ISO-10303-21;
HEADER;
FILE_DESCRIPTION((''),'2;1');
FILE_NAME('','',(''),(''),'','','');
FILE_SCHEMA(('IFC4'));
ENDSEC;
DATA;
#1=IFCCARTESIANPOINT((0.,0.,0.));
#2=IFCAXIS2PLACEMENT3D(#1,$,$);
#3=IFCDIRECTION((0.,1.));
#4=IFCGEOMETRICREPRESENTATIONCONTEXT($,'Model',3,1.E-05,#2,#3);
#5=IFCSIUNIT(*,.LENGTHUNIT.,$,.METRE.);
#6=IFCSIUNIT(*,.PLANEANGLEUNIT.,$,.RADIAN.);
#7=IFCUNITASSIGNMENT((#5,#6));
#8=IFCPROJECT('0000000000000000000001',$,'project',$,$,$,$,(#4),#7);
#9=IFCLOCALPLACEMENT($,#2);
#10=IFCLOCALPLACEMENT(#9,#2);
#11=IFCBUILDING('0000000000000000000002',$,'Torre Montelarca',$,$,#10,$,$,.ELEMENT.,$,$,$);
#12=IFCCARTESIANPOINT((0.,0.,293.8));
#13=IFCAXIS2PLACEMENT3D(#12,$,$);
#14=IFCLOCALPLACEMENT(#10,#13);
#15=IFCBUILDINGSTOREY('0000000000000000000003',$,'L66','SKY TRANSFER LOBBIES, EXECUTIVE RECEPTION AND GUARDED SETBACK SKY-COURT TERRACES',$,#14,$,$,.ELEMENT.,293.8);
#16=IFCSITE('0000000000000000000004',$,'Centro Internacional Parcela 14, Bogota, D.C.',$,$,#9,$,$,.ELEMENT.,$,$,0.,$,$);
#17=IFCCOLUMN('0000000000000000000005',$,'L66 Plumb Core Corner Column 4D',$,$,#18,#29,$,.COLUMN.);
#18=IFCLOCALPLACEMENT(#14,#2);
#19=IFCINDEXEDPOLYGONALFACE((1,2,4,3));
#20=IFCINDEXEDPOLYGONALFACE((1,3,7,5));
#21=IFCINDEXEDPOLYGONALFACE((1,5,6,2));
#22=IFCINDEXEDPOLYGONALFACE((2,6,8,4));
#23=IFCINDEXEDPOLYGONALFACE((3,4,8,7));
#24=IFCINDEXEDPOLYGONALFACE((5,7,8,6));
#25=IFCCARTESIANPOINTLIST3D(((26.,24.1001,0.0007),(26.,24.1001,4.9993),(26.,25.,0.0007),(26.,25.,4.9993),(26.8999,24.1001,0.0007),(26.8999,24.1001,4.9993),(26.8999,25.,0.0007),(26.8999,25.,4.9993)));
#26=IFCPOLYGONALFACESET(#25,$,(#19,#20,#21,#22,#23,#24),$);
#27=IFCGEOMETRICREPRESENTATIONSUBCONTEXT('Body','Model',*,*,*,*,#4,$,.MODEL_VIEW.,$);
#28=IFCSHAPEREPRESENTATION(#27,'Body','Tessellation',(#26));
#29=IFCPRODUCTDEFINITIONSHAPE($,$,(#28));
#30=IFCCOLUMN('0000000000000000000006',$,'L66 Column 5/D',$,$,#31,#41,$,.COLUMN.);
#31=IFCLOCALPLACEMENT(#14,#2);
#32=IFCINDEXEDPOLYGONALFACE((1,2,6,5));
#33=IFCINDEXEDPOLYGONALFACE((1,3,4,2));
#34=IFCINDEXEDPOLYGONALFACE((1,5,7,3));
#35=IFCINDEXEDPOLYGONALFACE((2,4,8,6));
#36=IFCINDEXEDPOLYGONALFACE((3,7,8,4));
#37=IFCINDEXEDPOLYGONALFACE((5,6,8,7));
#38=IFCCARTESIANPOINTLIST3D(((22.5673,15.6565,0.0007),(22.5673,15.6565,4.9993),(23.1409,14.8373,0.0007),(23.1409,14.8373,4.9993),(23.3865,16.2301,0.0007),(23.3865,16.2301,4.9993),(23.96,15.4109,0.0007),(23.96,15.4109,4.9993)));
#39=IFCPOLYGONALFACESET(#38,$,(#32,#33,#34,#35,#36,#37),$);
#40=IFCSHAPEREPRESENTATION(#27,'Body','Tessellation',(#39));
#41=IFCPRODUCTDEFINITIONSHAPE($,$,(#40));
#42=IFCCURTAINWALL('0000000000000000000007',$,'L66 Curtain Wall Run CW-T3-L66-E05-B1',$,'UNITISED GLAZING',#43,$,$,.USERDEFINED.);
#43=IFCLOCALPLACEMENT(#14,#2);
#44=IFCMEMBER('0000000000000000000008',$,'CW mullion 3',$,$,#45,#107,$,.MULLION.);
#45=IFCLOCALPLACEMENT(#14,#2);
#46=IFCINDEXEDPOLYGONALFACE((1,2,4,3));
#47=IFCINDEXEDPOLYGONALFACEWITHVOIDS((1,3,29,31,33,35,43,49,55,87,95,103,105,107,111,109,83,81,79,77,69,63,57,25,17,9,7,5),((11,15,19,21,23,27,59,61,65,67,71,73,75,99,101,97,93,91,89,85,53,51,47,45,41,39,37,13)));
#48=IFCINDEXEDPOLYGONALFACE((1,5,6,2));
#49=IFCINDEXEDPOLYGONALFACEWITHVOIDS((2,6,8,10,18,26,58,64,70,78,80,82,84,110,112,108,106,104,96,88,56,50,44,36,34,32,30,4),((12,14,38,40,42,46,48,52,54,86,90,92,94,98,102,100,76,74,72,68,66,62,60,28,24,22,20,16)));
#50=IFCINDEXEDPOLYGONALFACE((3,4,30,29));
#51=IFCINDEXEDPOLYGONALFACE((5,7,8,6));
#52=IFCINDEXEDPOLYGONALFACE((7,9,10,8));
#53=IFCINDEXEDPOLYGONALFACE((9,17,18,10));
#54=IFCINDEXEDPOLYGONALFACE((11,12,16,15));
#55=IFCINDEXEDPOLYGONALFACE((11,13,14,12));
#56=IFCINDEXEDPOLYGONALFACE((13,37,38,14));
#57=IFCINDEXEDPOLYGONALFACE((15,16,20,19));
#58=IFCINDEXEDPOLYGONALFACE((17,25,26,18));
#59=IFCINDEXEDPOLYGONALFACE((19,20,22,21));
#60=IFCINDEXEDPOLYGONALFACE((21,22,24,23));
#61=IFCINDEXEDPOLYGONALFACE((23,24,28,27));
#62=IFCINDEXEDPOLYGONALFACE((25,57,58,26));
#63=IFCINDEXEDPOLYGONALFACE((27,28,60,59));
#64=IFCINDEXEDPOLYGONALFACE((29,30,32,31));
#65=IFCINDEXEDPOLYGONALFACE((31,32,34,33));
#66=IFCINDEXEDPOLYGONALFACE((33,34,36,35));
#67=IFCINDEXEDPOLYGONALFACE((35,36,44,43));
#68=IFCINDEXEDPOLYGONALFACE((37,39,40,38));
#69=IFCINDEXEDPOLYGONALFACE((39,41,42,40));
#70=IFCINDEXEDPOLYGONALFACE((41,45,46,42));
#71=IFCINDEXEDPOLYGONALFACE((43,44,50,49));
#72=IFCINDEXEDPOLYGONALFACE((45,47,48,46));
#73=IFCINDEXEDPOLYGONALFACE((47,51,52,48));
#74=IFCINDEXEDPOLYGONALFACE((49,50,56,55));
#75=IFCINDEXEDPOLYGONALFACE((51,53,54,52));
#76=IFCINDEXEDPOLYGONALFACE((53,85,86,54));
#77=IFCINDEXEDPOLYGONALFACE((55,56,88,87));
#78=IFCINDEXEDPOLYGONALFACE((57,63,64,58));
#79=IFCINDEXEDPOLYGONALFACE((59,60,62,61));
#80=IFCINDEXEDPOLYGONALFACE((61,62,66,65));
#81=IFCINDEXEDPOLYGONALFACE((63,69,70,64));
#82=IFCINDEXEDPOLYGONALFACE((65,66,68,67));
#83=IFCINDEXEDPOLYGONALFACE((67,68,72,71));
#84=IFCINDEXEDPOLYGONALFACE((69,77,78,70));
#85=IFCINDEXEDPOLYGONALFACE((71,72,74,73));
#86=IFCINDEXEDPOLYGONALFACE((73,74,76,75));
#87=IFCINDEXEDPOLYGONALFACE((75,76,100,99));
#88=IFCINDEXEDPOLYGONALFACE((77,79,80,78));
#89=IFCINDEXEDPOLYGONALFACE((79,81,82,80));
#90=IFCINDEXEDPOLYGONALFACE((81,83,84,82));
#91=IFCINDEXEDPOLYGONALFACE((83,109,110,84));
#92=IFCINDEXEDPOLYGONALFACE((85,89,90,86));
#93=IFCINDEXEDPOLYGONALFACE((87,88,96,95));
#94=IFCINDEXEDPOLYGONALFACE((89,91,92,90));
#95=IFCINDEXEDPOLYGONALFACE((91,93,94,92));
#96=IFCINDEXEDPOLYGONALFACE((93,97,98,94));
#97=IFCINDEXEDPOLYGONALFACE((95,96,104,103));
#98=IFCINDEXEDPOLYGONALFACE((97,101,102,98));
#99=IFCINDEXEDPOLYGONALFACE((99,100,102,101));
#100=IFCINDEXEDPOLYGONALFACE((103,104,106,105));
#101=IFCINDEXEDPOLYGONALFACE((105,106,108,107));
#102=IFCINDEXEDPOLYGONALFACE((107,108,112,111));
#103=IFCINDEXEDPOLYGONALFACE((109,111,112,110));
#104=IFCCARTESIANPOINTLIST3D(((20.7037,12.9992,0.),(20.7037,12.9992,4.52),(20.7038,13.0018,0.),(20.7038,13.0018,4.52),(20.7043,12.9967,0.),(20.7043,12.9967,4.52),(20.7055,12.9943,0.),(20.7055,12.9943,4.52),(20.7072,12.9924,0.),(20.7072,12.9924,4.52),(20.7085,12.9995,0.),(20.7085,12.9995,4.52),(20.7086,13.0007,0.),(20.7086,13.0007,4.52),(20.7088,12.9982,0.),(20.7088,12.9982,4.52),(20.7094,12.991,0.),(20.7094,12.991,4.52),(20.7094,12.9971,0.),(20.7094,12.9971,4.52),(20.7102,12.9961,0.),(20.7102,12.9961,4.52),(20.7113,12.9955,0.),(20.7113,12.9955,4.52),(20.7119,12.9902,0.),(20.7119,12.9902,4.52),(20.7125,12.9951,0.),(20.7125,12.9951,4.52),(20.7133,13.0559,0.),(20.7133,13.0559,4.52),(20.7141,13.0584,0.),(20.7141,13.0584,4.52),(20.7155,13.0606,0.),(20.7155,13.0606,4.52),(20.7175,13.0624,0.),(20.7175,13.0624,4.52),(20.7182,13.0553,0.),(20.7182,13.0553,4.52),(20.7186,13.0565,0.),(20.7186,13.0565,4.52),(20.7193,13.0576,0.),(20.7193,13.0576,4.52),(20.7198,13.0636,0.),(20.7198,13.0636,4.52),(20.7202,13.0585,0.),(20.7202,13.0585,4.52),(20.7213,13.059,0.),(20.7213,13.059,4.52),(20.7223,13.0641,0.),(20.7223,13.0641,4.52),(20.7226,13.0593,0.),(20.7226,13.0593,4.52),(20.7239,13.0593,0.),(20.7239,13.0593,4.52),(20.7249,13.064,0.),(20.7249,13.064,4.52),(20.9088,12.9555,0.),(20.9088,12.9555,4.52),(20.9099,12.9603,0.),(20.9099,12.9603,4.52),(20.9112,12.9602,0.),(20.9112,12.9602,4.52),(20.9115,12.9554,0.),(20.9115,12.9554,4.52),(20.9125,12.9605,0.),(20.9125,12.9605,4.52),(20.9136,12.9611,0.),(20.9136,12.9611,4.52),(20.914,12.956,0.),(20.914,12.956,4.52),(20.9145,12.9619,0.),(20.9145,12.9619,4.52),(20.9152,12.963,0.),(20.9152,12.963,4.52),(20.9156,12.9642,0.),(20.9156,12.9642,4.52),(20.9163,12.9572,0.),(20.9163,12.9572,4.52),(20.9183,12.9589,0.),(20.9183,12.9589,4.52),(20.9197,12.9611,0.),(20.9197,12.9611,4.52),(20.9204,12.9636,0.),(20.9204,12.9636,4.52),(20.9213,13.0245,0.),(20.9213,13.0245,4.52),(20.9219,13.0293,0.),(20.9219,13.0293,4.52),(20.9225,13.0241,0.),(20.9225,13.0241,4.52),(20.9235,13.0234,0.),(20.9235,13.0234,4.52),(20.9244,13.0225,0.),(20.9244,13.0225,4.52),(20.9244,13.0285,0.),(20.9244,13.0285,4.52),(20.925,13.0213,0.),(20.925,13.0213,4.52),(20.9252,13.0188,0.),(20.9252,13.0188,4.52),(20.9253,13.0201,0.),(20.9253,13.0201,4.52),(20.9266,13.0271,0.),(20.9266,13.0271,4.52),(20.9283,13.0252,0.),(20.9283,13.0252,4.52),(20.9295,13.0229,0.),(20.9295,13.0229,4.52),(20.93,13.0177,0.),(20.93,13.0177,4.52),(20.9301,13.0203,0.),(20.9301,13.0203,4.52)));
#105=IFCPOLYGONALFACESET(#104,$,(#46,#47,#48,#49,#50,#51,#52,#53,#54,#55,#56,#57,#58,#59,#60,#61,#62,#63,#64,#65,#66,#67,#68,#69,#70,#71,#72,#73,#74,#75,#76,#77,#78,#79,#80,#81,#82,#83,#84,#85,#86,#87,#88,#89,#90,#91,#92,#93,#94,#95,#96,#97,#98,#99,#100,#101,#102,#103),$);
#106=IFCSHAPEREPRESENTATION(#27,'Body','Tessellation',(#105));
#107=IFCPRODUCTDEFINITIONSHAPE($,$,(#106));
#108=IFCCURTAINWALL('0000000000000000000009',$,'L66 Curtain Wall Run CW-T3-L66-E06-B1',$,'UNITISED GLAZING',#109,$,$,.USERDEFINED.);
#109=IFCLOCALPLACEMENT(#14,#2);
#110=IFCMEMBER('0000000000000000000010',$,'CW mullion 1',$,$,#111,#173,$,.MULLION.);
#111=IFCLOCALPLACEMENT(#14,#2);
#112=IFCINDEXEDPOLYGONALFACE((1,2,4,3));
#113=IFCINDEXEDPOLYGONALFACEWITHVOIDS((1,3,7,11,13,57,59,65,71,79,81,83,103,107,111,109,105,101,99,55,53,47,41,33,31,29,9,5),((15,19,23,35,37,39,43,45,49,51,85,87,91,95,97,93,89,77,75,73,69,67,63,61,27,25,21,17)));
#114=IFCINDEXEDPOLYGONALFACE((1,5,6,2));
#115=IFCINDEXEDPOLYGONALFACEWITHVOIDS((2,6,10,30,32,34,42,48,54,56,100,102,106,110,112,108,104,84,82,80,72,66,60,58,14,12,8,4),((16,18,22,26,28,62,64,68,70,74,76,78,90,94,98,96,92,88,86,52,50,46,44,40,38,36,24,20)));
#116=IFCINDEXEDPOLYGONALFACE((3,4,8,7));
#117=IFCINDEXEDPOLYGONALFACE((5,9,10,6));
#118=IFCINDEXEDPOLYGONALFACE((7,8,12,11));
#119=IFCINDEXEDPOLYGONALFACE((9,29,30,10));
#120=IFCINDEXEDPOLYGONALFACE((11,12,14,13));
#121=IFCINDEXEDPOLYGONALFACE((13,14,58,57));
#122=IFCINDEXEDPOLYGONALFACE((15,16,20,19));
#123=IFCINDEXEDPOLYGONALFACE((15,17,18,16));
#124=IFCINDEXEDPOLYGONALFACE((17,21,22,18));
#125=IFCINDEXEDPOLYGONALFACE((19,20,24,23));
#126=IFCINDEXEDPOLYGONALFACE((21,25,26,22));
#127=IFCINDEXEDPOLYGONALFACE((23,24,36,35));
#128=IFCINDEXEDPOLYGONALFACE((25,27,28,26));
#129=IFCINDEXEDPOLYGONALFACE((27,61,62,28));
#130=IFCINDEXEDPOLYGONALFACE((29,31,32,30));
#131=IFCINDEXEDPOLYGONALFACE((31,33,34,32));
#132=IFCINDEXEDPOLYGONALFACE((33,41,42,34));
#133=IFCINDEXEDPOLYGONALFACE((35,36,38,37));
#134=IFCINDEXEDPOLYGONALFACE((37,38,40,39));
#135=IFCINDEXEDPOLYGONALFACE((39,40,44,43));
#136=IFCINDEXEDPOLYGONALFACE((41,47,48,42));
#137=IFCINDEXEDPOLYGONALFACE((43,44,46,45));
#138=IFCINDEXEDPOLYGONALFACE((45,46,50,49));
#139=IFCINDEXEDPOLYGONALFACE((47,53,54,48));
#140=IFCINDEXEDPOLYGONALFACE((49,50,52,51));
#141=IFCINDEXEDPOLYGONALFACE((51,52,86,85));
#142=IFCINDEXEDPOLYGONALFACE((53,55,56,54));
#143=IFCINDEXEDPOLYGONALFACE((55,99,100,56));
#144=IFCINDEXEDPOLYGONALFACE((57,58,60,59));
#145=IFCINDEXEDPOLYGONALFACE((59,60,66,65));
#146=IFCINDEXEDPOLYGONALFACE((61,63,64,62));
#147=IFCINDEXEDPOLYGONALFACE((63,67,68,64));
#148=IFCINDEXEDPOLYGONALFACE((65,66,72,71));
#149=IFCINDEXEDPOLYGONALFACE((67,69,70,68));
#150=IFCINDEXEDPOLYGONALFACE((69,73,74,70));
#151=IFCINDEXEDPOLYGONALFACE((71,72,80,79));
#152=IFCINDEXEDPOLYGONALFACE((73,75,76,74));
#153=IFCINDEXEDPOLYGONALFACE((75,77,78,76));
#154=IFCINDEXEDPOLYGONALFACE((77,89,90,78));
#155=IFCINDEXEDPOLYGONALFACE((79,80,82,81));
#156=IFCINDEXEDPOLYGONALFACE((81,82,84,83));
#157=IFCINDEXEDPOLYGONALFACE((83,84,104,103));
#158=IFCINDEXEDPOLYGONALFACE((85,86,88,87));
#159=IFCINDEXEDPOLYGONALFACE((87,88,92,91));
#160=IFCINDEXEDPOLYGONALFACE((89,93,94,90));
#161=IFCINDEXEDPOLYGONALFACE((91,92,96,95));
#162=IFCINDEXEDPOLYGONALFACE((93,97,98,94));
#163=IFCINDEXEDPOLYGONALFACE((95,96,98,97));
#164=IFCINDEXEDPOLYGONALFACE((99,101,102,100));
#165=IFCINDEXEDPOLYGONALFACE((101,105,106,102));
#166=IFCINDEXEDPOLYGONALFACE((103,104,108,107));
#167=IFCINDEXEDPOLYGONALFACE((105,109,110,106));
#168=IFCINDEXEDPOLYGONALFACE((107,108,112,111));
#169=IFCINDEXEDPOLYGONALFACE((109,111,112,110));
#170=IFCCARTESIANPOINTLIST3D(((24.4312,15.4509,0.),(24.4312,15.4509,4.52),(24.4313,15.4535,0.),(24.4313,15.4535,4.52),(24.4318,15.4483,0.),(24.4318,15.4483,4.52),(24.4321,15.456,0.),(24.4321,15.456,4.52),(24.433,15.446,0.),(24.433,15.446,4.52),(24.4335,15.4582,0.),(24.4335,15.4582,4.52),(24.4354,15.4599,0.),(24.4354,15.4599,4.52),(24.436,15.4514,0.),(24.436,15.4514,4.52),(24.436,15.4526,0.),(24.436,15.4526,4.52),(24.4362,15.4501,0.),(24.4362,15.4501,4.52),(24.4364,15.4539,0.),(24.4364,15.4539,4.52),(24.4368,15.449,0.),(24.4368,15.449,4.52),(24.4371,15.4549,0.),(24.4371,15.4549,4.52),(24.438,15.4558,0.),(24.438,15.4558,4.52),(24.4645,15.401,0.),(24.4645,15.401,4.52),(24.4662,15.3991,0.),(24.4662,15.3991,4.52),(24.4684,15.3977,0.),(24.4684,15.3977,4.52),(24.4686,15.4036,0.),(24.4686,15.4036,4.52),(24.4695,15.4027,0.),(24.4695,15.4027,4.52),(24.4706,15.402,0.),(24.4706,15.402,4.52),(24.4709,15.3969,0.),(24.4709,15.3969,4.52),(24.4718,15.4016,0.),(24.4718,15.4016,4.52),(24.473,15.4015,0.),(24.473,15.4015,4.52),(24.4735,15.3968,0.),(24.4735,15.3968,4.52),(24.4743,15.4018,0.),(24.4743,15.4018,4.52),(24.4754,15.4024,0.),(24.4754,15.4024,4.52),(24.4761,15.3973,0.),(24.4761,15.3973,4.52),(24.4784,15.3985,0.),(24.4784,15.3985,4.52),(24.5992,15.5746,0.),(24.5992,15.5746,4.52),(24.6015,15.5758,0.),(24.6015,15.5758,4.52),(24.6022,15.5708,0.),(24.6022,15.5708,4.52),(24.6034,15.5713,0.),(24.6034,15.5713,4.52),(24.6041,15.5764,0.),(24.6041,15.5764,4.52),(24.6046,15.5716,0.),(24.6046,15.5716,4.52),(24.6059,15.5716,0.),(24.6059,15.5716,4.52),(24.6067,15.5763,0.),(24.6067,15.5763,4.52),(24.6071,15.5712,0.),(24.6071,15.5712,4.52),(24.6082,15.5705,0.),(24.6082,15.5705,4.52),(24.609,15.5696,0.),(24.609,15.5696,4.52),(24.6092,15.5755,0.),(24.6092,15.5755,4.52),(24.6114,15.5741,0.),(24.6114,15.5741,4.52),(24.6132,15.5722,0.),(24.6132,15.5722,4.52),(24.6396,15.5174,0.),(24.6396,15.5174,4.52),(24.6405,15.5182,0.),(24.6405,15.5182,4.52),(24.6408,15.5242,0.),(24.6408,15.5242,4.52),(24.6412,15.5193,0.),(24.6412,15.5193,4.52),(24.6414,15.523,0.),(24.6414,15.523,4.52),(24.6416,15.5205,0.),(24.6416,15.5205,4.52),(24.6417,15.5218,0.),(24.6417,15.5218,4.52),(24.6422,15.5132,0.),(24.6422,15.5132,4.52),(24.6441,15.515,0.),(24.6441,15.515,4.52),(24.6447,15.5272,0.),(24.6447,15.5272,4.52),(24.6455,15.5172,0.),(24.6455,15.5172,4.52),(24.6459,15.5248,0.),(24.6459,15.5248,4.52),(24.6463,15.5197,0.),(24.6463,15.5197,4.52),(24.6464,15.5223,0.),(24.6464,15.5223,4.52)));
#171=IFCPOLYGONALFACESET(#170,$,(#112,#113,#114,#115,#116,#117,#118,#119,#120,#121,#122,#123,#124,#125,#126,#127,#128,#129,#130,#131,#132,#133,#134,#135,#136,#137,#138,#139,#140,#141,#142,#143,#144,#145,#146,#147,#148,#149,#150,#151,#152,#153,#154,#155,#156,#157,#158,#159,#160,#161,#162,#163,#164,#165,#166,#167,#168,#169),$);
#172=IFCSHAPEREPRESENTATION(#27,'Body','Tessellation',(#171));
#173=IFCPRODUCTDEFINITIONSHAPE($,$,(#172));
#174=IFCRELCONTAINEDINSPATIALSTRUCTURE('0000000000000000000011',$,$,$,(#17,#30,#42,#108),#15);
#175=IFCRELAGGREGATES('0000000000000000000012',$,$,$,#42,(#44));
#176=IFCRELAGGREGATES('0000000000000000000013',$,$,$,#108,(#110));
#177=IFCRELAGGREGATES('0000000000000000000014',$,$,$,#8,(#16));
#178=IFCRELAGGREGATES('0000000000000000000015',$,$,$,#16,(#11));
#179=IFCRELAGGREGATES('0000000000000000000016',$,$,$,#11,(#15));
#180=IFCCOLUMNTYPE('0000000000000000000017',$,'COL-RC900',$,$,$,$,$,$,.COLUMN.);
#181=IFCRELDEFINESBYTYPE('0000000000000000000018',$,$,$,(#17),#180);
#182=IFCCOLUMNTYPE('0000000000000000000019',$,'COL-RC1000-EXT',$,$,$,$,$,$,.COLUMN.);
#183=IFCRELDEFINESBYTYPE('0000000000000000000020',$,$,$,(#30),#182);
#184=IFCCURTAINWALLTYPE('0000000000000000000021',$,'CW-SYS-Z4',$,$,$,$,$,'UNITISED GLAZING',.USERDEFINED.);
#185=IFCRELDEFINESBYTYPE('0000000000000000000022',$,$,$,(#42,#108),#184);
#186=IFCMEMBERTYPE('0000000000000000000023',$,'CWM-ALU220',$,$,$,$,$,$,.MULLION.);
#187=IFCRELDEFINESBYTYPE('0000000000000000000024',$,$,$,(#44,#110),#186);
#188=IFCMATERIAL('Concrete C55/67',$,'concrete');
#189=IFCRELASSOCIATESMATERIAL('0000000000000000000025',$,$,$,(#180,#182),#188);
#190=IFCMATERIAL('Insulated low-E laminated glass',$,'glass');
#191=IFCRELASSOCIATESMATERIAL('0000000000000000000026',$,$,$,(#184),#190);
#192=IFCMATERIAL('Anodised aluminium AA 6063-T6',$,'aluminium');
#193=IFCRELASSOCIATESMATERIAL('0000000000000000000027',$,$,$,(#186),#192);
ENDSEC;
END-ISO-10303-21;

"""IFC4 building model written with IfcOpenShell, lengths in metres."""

from ifc_helpers import new_model, si_unit, direction, frame, origin, origin_2d, place, context, subcontext, project, spatial, rectangle, hollow_rectangle, extrude, source, transform, mapped, material, material_profile, profile_set, type_object, element, aggregate, save


model = new_model("IFC4")

# Units and contexts
model_context = context("Model", 3, precision=1e-05, world=origin(), true_north=direction((0.0, 1.0)))
body_context = subcontext(model_context, "Body", "Model", "MODEL_VIEW")
ifc_project = project(units=[si_unit("LENGTHUNIT", "METRE"), si_unit("PLANEANGLEUNIT", "RADIAN")], contexts=[model_context])

# Site, building, storey
site_placement = place(None, origin())
site = spatial("IfcSite", under=ifc_project, at=site_placement, Name="Centro Internacional Parcela 14, Bogota, D.C.", CompositionType="ELEMENT", RefElevation=0.0)
building_placement = place(site_placement, origin())
building = spatial("IfcBuilding", under=site, at=building_placement, Name="Torre Montelarca", CompositionType="ELEMENT")
storey_placement = place(building_placement, frame((0.0, 0.0, 293.8)))
storey = spatial("IfcBuildingStorey", under=building, at=storey_placement, Name="L66", Description="SKY TRANSFER LOBBIES, EXECUTIVE RECEPTION AND GUARDED SETBACK SKY-COURT TERRACES", CompositionType="ELEMENT", Elevation=293.8)

# Columns
ifc_material_1 = material(Name="Concrete C55/67", Category="concrete")
ifc_material_profile_1 = material_profile(ifc_material_1, rectangle(XDim=0.8999, YDim=0.8999, at=origin_2d()), Name="RC900X900", Category="concrete")
ifc_profile_set_1 = profile_set([ifc_material_profile_1], Name="Concrete C55/67")
column_type_1 = type_object("IfcColumnType", Name="COL-RC900", PredefinedType="COLUMN", material=ifc_profile_set_1)
shared_shape_1 = source(origin(), body_context, "Body", "SweptSolid", [
    extrude(rectangle(XDim=0.8999, YDim=0.8999, at=origin_2d()), origin(), (0.0, 0.0, 1.0), 4.9985),
])
column_1_placement = place(storey_placement, frame((26.45, 24.55, 0.0007), z_axis=(0.0, 0.0, 1.0), x_axis=(1.0, 0.0, 0.0)))
element("IfcColumn", 1, at=column_1_placement, inside=storey, type_object=column_type_1, Name="L66 Plumb Core Corner Column 4D", PredefinedType="COLUMN", context=body_context, shape_type="MappedRepresentation", body=[
    mapped(shared_shape_1, transform((0.0, 0.0, 0.0), scale=1.0)),
])
ifc_material_profile_2 = material_profile(ifc_material_1, rectangle(XDim=1.0, YDim=1.0, at=origin_2d()), Name="RC1000X1000", Category="concrete")
ifc_profile_set_2 = profile_set([ifc_material_profile_2], Name="Concrete C55/67")
column_type_2 = type_object("IfcColumnType", Name="COL-RC1000-EXT", PredefinedType="COLUMN", material=ifc_profile_set_2)
shared_shape_2 = source(origin(), body_context, "Body", "SweptSolid", [
    extrude(rectangle(XDim=1.0, YDim=1.0, at=origin_2d()), origin(), (0.0, 0.0, 1.0), 4.9985),
])
column_2_placement = place(storey_placement, frame((23.2637, 15.5337, 0.0007), z_axis=(0.0, 0.0, 1.0), x_axis=(-0.573576, 0.819152, 0.0)))
element("IfcColumn", 2, at=column_2_placement, inside=storey, type_object=column_type_2, Name="L66 Column 5/D", PredefinedType="COLUMN", context=body_context, shape_type="MappedRepresentation", body=[
    mapped(shared_shape_2, transform((0.0, 0.0, 0.0), scale=1.0)),
])

# Curtain wall, member
ifc_material_2 = material(Name="Insulated low-E laminated glass", Category="glass")
curtain_wall_type = type_object("IfcCurtainWallType", Name="CW-SYS-Z4", ElementType="UNITISED GLAZING", PredefinedType="USERDEFINED", material=ifc_material_2)
curtain_wall_1_placement = place(storey_placement, origin())
curtain_wall_1 = element("IfcCurtainWall", 3, at=curtain_wall_1_placement, inside=storey, type_object=curtain_wall_type, Name="L66 Curtain Wall Run CW-T3-L66-E05-B1", ObjectType="UNITISED GLAZING", PredefinedType="USERDEFINED")
ifc_material_3 = material(Name="Anodised aluminium AA 6063-T6", Category="aluminium")
ifc_material_profile_3 = material_profile(ifc_material_3, hollow_rectangle(XDim=0.075, YDim=0.22, WallThickness=0.0049, InnerFilletRadius=0.0049, OuterFilletRadius=0.01, at=origin_2d()), Name="ALU75X220X5", Category="aluminium")
ifc_profile_set_3 = profile_set([ifc_material_profile_3], Name="Anodised aluminium AA 6063-T6")
member_type_1 = type_object("IfcMemberType", Name="CWM-ALU220", PredefinedType="MULLION", material=ifc_profile_set_3)
shared_shape_3 = source(origin(), body_context, "Body", "SweptSolid", [
    extrude(hollow_rectangle(XDim=0.075, YDim=0.22, WallThickness=0.0049, InnerFilletRadius=0.0049, OuterFilletRadius=0.01, at=origin_2d()), origin(), (0.0, 0.0, 1.0), 4.52),
])
member_1_placement = place(storey_placement, frame((20.8169, 13.0098, 0.0), z_axis=(0.0, 0.0, 1.0), x_axis=(0.173635, 0.98481, 0.0)))
member_1 = element("IfcMember", 4, at=member_1_placement, type_object=member_type_1, Name="CW mullion 3", PredefinedType="MULLION", context=body_context, shape_type="MappedRepresentation", body=[
    mapped(shared_shape_3, transform((0.0, 0.0, 0.0), scale=1.0)),
])

# Curtain wall, member
curtain_wall_2_placement = place(storey_placement, origin())
curtain_wall_2 = element("IfcCurtainWall", 5, at=curtain_wall_2_placement, inside=storey, type_object=curtain_wall_type, Name="L66 Curtain Wall Run CW-T3-L66-E06-B1", ObjectType="UNITISED GLAZING", PredefinedType="USERDEFINED")
member_2_placement = place(storey_placement, frame((24.5388, 15.4866, 0.0), z_axis=(0.0, 0.0, 1.0), x_axis=(-0.573565, 0.81916, 0.0)))
member_2 = element("IfcMember", 6, at=member_2_placement, type_object=member_type_1, Name="CW mullion 1", PredefinedType="MULLION", context=body_context, shape_type="MappedRepresentation", body=[
    mapped(shared_shape_3, transform((0.0, 0.0, 0.0), scale=1.0)),
])

aggregate(curtain_wall_1, [member_1])
aggregate(curtain_wall_2, [member_2])

save(model, "model.ifc")
